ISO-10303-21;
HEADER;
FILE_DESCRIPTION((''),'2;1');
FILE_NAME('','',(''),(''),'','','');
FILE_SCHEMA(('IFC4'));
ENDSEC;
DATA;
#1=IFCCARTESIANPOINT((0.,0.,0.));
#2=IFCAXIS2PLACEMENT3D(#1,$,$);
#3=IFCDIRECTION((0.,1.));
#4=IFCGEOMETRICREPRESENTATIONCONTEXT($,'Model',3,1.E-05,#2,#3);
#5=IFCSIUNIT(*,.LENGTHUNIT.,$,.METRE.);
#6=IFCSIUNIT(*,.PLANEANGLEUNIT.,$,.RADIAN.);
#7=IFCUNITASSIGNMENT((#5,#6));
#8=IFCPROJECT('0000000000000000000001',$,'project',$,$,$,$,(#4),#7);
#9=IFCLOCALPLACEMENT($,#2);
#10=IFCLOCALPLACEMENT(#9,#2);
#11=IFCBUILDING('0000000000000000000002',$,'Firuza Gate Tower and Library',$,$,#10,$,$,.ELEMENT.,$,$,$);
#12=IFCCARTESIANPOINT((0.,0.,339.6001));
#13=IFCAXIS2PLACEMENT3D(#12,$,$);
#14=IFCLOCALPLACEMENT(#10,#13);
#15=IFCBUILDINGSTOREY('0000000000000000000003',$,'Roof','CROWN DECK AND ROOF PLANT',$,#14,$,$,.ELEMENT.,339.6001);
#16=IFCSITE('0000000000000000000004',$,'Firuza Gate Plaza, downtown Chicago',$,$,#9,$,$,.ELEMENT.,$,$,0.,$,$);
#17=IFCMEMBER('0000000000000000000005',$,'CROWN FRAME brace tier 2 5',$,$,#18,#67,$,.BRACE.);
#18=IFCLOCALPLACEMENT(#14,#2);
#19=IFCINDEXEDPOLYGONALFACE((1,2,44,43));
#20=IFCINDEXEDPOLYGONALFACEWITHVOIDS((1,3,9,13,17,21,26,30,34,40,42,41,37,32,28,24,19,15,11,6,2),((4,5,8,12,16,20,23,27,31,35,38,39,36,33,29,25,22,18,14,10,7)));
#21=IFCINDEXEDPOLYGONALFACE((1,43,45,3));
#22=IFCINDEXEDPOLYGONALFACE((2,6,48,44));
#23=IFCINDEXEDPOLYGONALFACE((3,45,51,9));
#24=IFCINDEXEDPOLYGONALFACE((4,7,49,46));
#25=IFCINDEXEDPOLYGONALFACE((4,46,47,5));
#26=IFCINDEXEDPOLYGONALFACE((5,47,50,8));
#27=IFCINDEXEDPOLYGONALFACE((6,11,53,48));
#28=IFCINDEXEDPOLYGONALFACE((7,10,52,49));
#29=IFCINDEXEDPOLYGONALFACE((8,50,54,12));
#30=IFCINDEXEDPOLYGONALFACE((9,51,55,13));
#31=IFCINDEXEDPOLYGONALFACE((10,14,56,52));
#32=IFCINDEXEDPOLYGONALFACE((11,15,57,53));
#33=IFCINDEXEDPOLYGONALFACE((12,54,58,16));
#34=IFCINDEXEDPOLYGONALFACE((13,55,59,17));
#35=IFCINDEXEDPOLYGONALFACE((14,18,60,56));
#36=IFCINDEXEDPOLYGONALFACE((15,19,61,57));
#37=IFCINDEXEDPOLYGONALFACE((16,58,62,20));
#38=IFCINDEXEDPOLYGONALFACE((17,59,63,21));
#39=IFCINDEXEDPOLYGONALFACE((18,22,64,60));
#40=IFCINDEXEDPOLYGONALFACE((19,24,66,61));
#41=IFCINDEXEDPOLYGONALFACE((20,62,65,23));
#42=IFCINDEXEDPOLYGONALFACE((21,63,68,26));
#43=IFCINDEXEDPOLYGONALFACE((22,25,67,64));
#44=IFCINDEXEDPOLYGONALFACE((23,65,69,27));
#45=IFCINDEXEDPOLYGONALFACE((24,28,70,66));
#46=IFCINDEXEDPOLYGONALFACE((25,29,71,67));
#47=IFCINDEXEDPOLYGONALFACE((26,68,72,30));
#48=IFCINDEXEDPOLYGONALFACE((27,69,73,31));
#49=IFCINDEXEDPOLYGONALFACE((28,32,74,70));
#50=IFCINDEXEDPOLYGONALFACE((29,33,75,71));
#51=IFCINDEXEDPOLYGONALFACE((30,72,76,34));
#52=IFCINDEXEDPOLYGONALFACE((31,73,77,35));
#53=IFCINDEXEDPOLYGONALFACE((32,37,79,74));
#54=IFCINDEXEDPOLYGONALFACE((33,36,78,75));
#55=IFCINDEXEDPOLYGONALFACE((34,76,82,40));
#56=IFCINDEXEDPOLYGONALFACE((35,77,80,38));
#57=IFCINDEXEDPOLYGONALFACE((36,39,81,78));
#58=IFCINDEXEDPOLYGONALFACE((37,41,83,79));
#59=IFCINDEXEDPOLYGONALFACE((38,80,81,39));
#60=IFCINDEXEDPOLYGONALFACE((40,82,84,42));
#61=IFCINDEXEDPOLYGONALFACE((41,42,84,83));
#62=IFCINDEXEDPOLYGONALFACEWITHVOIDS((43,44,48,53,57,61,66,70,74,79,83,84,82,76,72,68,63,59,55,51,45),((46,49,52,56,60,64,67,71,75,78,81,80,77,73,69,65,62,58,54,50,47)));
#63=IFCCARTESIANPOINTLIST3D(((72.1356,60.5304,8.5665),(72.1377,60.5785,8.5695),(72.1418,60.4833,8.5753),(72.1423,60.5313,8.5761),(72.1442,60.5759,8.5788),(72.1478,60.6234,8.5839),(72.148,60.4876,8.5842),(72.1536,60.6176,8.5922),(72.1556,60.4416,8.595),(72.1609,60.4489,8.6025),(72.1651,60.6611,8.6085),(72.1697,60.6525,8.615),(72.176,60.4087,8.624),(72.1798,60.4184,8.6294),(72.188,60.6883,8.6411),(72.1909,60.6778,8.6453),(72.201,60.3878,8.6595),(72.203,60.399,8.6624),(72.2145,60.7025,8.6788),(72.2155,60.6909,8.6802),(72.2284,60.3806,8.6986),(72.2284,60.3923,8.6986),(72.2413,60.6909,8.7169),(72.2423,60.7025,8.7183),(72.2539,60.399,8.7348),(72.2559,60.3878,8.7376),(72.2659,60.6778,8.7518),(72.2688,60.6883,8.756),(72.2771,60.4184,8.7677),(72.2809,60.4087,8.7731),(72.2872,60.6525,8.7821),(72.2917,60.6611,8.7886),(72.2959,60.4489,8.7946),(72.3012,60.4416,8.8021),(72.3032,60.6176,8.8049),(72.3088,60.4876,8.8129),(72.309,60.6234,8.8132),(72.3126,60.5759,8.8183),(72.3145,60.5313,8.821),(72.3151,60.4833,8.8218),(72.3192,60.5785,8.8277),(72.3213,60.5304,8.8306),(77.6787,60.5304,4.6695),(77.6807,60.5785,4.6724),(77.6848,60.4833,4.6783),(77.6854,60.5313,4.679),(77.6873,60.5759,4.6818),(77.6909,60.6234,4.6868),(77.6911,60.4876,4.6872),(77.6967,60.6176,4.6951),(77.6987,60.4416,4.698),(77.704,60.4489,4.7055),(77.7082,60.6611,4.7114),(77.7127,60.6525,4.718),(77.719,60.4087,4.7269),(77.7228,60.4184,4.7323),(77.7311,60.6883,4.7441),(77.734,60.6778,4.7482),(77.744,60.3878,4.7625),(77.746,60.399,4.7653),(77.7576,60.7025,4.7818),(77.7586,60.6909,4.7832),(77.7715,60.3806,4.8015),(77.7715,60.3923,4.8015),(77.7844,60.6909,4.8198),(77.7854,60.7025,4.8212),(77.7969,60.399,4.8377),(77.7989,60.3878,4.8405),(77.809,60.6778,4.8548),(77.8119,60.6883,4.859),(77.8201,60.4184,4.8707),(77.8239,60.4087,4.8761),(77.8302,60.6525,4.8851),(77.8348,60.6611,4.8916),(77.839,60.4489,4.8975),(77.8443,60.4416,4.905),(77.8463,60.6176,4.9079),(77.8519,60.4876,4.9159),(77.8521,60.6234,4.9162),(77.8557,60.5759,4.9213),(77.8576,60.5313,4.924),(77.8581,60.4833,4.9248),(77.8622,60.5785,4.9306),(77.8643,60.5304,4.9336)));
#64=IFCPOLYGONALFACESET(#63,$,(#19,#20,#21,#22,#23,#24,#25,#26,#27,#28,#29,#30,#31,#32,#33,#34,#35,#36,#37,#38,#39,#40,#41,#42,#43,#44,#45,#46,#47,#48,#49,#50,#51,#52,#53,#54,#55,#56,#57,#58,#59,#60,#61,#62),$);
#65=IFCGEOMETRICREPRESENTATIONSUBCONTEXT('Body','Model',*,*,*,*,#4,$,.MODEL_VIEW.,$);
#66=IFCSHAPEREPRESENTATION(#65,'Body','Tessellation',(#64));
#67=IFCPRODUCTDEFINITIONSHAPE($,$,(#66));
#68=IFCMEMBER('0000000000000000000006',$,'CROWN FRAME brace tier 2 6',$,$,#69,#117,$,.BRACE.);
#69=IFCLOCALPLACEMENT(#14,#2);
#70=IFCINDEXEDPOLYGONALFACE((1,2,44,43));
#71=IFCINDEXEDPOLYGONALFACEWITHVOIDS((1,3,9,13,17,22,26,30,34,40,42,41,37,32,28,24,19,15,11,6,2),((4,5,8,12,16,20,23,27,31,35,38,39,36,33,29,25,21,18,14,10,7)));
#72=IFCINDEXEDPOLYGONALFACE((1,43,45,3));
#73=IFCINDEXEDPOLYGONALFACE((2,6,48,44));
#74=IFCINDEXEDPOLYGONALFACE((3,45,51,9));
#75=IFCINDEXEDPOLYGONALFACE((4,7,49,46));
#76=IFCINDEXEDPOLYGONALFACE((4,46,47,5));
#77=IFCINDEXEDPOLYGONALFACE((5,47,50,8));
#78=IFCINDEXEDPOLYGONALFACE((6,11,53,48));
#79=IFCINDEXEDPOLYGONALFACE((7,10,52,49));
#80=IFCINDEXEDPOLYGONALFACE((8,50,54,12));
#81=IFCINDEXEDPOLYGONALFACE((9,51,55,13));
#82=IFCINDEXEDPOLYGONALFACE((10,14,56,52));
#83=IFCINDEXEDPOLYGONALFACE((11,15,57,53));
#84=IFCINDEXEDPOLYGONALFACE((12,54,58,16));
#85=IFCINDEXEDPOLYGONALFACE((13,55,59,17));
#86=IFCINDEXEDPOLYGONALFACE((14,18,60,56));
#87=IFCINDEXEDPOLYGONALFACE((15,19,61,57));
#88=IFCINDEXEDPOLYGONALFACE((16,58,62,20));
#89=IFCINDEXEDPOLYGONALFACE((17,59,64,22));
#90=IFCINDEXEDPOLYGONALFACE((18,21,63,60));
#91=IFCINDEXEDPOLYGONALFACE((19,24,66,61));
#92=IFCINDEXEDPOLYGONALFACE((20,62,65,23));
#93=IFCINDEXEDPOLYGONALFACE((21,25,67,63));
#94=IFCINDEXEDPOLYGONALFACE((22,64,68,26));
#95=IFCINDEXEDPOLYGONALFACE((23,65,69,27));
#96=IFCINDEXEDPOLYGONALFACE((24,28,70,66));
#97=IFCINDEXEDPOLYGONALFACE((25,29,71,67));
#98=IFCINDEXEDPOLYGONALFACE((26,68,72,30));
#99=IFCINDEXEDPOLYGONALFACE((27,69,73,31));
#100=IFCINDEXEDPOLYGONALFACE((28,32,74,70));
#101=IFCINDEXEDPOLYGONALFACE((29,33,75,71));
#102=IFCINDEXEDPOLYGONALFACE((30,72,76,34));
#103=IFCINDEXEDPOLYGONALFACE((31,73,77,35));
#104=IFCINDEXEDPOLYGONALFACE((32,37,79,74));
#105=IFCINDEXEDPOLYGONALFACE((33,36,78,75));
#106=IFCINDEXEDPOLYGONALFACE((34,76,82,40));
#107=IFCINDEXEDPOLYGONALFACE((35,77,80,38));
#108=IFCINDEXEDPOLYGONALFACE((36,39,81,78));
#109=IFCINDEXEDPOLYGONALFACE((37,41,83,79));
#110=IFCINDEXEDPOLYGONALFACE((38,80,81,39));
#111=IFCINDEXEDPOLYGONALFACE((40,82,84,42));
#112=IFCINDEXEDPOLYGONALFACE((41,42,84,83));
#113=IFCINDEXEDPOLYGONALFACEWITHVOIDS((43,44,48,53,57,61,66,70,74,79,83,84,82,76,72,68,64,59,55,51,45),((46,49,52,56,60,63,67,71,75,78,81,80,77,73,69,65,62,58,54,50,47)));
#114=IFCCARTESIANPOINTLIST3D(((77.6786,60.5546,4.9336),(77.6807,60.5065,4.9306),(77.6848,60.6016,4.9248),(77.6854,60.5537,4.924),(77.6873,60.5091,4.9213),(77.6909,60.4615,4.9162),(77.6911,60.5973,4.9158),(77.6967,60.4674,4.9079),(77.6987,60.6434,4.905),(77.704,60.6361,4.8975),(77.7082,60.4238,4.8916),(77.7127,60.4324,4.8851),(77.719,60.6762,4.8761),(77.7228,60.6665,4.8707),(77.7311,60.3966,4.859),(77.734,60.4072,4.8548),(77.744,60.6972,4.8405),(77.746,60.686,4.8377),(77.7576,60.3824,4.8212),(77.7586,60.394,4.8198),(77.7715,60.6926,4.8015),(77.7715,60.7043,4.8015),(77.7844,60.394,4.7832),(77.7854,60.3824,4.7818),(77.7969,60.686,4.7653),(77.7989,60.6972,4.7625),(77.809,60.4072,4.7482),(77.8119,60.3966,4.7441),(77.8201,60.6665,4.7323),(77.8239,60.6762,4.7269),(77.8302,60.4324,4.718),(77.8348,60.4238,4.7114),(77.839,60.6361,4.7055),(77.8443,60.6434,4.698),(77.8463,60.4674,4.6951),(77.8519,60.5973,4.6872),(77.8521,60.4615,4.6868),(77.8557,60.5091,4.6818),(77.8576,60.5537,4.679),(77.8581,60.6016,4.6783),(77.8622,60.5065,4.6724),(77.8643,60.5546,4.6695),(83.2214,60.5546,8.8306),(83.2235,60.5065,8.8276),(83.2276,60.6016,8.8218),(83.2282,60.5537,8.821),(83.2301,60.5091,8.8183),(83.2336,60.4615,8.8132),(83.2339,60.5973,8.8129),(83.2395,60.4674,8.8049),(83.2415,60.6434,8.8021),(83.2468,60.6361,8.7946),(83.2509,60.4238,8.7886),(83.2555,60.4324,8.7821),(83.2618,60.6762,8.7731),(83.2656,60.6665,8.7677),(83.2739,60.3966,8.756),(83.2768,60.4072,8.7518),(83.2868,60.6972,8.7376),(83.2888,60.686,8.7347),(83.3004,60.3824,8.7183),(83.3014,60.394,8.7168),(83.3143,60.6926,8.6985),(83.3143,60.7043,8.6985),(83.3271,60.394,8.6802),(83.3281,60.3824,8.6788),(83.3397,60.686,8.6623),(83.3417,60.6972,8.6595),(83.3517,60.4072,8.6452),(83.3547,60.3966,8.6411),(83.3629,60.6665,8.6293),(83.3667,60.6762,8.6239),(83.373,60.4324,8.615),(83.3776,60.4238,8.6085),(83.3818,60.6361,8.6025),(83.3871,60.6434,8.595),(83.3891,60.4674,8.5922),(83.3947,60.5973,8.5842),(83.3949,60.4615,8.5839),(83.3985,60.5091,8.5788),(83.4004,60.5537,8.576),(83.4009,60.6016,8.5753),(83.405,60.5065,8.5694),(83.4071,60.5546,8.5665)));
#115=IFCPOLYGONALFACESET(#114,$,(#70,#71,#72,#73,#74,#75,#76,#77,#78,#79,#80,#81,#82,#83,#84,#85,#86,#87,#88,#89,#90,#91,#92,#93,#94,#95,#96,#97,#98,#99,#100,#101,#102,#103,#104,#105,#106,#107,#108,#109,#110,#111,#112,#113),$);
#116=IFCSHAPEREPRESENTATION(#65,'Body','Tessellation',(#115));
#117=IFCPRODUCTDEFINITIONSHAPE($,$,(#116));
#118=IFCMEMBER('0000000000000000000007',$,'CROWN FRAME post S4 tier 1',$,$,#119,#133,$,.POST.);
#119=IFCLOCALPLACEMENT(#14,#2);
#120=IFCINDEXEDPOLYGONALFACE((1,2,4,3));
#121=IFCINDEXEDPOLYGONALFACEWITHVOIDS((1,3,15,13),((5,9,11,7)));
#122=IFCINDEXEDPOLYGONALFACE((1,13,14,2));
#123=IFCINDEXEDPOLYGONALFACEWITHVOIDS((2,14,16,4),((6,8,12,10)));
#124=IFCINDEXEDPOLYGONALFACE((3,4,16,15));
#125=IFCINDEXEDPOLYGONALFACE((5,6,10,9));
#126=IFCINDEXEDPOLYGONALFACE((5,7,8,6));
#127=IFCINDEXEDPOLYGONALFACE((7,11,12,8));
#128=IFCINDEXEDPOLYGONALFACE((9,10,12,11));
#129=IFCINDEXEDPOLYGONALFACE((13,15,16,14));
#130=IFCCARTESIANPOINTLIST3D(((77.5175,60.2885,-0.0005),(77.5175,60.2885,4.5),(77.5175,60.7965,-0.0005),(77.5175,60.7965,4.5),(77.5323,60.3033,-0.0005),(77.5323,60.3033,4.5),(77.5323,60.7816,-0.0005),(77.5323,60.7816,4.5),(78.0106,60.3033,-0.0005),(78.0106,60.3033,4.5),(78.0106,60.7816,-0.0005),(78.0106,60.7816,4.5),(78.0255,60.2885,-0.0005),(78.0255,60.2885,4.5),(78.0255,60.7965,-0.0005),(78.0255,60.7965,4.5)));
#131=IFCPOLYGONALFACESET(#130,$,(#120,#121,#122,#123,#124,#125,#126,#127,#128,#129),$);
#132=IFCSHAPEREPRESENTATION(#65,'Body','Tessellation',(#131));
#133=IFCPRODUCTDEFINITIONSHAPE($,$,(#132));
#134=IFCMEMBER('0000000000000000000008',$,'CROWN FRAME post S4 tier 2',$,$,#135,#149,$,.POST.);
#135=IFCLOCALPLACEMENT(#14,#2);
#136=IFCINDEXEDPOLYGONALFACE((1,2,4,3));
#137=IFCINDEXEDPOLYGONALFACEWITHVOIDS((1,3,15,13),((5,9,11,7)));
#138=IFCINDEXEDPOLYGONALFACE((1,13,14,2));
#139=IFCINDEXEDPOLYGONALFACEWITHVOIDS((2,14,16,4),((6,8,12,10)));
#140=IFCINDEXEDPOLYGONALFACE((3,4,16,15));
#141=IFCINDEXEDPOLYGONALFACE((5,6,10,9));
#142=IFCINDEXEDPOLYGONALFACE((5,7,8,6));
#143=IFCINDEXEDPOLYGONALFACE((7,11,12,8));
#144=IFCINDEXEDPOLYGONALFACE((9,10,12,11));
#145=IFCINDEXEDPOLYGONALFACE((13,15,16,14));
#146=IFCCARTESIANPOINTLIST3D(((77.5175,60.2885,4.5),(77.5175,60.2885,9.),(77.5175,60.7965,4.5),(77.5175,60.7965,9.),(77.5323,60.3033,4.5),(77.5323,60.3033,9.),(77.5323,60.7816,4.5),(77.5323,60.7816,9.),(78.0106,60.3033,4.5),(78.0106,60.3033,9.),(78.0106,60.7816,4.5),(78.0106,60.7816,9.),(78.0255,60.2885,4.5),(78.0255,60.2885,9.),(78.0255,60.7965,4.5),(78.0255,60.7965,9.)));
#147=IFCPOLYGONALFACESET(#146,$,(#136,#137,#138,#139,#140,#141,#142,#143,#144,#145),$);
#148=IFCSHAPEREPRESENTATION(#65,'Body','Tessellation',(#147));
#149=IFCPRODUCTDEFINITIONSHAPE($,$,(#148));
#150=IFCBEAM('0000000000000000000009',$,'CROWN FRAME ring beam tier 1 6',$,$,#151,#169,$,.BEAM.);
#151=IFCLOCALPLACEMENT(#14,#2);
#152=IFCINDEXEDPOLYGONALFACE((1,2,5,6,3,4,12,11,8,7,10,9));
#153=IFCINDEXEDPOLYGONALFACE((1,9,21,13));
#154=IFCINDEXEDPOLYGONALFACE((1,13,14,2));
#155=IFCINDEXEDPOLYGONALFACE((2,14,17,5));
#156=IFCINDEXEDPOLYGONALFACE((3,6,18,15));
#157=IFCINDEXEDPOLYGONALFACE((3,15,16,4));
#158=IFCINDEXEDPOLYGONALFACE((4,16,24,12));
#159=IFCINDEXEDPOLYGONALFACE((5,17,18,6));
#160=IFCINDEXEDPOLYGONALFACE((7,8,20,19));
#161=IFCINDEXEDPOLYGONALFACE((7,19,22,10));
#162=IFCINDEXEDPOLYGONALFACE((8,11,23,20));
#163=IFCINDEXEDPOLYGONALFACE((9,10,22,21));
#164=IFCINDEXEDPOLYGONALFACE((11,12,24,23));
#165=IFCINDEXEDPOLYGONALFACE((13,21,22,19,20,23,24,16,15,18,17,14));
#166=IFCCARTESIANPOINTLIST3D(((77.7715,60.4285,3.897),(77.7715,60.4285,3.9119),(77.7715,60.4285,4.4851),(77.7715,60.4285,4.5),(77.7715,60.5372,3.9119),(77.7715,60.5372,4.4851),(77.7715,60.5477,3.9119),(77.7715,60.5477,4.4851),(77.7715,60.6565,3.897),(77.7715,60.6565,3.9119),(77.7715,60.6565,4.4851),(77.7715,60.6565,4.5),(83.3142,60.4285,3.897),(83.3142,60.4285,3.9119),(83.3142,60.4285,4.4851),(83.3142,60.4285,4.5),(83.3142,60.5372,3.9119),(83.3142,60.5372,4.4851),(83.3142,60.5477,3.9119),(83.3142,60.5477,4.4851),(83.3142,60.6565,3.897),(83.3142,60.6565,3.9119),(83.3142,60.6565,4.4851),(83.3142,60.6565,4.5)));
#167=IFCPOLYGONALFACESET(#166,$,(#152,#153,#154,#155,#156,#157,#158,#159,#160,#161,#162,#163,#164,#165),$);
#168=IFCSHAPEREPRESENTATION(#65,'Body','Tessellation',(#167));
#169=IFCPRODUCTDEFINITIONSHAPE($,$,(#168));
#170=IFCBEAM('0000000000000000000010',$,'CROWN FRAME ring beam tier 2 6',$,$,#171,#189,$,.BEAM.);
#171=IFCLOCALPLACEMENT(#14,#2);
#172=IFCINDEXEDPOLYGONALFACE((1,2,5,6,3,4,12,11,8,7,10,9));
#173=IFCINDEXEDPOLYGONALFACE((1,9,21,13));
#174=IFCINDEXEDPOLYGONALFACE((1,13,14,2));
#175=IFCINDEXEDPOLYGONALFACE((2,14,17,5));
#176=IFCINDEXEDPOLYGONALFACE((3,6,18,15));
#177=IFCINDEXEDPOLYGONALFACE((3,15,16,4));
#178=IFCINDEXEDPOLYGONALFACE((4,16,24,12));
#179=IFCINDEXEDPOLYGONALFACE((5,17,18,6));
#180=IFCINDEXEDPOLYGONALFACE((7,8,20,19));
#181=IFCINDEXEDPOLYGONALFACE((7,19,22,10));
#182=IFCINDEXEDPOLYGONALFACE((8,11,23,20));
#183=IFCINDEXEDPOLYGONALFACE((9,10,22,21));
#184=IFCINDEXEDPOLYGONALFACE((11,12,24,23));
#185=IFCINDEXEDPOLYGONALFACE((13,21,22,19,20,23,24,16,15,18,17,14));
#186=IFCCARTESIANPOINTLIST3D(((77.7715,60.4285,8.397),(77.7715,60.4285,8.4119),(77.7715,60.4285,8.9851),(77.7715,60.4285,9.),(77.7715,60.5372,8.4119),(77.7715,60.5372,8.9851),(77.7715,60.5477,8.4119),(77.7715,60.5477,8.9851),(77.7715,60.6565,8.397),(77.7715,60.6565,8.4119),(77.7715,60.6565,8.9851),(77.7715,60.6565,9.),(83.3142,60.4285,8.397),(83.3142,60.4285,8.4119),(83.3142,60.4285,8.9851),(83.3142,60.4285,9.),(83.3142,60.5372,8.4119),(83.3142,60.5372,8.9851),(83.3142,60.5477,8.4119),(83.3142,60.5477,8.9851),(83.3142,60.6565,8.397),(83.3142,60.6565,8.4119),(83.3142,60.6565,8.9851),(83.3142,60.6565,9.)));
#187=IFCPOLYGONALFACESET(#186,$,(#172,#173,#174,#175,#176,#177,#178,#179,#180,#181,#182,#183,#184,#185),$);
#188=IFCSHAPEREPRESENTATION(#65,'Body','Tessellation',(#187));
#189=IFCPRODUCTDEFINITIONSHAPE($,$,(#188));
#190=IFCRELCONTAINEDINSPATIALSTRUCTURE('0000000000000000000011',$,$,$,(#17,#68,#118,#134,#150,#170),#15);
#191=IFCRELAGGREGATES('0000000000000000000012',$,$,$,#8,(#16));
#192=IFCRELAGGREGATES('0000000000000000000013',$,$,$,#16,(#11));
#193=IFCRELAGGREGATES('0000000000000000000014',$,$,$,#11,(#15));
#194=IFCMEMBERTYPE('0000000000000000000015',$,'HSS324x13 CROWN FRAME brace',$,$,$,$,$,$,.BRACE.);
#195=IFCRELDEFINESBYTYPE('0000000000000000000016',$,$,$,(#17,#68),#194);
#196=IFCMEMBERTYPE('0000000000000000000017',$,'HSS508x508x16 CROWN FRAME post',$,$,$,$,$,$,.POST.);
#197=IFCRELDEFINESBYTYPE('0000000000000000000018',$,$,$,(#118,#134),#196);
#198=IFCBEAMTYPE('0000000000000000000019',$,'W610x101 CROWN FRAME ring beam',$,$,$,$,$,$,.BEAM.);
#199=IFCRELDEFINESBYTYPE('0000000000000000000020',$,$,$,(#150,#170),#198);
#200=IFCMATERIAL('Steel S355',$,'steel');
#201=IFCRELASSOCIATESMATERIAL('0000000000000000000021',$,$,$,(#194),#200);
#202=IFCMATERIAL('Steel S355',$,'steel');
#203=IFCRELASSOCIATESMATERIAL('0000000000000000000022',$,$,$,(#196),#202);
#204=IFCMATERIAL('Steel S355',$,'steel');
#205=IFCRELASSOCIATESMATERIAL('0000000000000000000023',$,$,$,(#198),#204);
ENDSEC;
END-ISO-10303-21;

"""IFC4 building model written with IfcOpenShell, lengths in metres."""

from ifc_helpers import new_model, si_unit, direction, frame, origin, origin_2d, place, context, subcontext, project, spatial, hollow_rectangle, hollow_circle, i_section, extrude, material, material_profile, profile_set, type_object, element, save


model = new_model("IFC4")

# Units and contexts
model_context = context("Model", 3, precision=1e-05, world=origin(), true_north=direction((0.0, 1.0)))
body_context = subcontext(model_context, "Body", "Model", "MODEL_VIEW")
ifc_project = project(units=[si_unit("LENGTHUNIT", "METRE"), si_unit("PLANEANGLEUNIT", "RADIAN")], contexts=[model_context])

# Site, building, storey
site_placement = place(None, origin())
site = spatial("IfcSite", under=ifc_project, at=site_placement, Name="Firuza Gate Plaza, downtown Chicago", CompositionType="ELEMENT", RefElevation=0.0)
building_placement = place(site_placement, origin())
building = spatial("IfcBuilding", under=site, at=building_placement, Name="Firuza Gate Tower and Library", CompositionType="ELEMENT")
storey_placement = place(building_placement, frame((0.0, 0.0, 339.6001)))
storey = spatial("IfcBuildingStorey", under=building, at=storey_placement, Name="Roof", Description="CROWN DECK AND ROOF PLANT", CompositionType="ELEMENT", Elevation=339.6001)

# Members
ifc_material_1 = material(Name="Steel S355", Category="steel")
ifc_material_profile_1 = material_profile(ifc_material_1, hollow_circle(Radius=0.1619, WallThickness=0.0117, at=origin_2d()))
ifc_profile_set_1 = profile_set([ifc_material_profile_1], Name="Steel S355")
member_type_1 = type_object("IfcMemberType", Name="HSS324x13 CROWN FRAME brace", PredefinedType="BRACE", material=ifc_profile_set_1)
member_1_placement = place(storey_placement, frame((77.7715, 60.5425, 4.8015), z_axis=(-0.818059, 0.0, 0.575135), x_axis=(0.0, -1.0, 0.0)))
element("IfcMember", 1, at=member_1_placement, inside=storey, type_object=member_type_1, Name="CROWN FRAME brace tier 2 5", PredefinedType="BRACE", context=body_context, shape_type="SweptSolid", body=[
    extrude(hollow_circle(Radius=0.1619, WallThickness=0.0117, at=origin_2d()), origin(), (0.0, 0.0, 1.0), 6.7759),
])
member_2_placement = place(storey_placement, frame((77.7715, 60.5425, 4.8015), z_axis=(0.818047, 0.0, 0.575152), x_axis=(0.0, 1.0, 0.0)))
element("IfcMember", 2, at=member_2_placement, inside=storey, type_object=member_type_1, Name="CROWN FRAME brace tier 2 6", PredefinedType="BRACE", context=body_context, shape_type="SweptSolid", body=[
    extrude(hollow_circle(Radius=0.1619, WallThickness=0.0117, at=origin_2d()), origin(), (0.0, 0.0, 1.0), 6.7756),
])
ifc_material_2 = material(Name="Steel S355", Category="steel")
ifc_material_profile_2 = material_profile(ifc_material_2, hollow_rectangle(XDim=0.5081, YDim=0.5081, WallThickness=0.0149, at=origin_2d()))
ifc_profile_set_2 = profile_set([ifc_material_profile_2], Name="Steel S355")
member_type_2 = type_object("IfcMemberType", Name="HSS508x508x16 CROWN FRAME post", PredefinedType="POST", material=ifc_profile_set_2)
member_3_placement = place(storey_placement, frame((77.7715, 60.5425, -0.0005), z_axis=(0.0, 0.0, 1.0), x_axis=(1.0, 0.0, 0.0)))
element("IfcMember", 3, at=member_3_placement, inside=storey, type_object=member_type_2, Name="CROWN FRAME post S4 tier 1", PredefinedType="POST", context=body_context, shape_type="SweptSolid", body=[
    extrude(hollow_rectangle(XDim=0.5081, YDim=0.5081, WallThickness=0.0149, at=origin_2d()), origin(), (0.0, 0.0, 1.0), 4.5005),
])
member_4_placement = place(storey_placement, frame((77.7715, 60.5425, 4.5), z_axis=(0.0, 0.0, 1.0), x_axis=(1.0, 0.0, 0.0)))
element("IfcMember", 4, at=member_4_placement, inside=storey, type_object=member_type_2, Name="CROWN FRAME post S4 tier 2", PredefinedType="POST", context=body_context, shape_type="SweptSolid", body=[
    extrude(hollow_rectangle(XDim=0.5081, YDim=0.5081, WallThickness=0.0149, at=origin_2d()), origin(), (0.0, 0.0, 1.0), 4.5),
])

# Beams
ifc_material_3 = material(Name="Steel S355", Category="steel")
ifc_material_profile_3 = material_profile(ifc_material_3, i_section(OverallWidth=0.228, OverallDepth=0.603, WebThickness=0.0105, FlangeThickness=0.0149, at=origin_2d()))
ifc_profile_set_3 = profile_set([ifc_material_profile_3], Name="Steel S355")
beam_type = type_object("IfcBeamType", Name="W610x101 CROWN FRAME ring beam", PredefinedType="BEAM", material=ifc_profile_set_3)
for number, where, z_axis, x_axis, name in (
    (5, (77.7715, 60.5425, 4.1985), (1.0, 0.0, 0.0), (0.0, 1.0, 0.0), "CROWN FRAME ring beam tier 1 6"),
    (6, (77.7715, 60.5425, 8.6985), (1.0, 0.0, 0.0), (0.0, 1.0, 0.0), "CROWN FRAME ring beam tier 2 6"),
):
    element("IfcBeam", number, at=place(storey_placement, frame(where, z_axis=z_axis, x_axis=x_axis)), inside=storey, type_object=beam_type, Name=name, PredefinedType="BEAM", context=body_context, shape_type="SweptSolid", body=[
        extrude(i_section(OverallWidth=0.228, OverallDepth=0.603, WebThickness=0.0105, FlangeThickness=0.0149, at=origin_2d()), origin(), (0.0, 0.0, 1.0), 5.5427),
    ])

save(model, "model.ifc")
